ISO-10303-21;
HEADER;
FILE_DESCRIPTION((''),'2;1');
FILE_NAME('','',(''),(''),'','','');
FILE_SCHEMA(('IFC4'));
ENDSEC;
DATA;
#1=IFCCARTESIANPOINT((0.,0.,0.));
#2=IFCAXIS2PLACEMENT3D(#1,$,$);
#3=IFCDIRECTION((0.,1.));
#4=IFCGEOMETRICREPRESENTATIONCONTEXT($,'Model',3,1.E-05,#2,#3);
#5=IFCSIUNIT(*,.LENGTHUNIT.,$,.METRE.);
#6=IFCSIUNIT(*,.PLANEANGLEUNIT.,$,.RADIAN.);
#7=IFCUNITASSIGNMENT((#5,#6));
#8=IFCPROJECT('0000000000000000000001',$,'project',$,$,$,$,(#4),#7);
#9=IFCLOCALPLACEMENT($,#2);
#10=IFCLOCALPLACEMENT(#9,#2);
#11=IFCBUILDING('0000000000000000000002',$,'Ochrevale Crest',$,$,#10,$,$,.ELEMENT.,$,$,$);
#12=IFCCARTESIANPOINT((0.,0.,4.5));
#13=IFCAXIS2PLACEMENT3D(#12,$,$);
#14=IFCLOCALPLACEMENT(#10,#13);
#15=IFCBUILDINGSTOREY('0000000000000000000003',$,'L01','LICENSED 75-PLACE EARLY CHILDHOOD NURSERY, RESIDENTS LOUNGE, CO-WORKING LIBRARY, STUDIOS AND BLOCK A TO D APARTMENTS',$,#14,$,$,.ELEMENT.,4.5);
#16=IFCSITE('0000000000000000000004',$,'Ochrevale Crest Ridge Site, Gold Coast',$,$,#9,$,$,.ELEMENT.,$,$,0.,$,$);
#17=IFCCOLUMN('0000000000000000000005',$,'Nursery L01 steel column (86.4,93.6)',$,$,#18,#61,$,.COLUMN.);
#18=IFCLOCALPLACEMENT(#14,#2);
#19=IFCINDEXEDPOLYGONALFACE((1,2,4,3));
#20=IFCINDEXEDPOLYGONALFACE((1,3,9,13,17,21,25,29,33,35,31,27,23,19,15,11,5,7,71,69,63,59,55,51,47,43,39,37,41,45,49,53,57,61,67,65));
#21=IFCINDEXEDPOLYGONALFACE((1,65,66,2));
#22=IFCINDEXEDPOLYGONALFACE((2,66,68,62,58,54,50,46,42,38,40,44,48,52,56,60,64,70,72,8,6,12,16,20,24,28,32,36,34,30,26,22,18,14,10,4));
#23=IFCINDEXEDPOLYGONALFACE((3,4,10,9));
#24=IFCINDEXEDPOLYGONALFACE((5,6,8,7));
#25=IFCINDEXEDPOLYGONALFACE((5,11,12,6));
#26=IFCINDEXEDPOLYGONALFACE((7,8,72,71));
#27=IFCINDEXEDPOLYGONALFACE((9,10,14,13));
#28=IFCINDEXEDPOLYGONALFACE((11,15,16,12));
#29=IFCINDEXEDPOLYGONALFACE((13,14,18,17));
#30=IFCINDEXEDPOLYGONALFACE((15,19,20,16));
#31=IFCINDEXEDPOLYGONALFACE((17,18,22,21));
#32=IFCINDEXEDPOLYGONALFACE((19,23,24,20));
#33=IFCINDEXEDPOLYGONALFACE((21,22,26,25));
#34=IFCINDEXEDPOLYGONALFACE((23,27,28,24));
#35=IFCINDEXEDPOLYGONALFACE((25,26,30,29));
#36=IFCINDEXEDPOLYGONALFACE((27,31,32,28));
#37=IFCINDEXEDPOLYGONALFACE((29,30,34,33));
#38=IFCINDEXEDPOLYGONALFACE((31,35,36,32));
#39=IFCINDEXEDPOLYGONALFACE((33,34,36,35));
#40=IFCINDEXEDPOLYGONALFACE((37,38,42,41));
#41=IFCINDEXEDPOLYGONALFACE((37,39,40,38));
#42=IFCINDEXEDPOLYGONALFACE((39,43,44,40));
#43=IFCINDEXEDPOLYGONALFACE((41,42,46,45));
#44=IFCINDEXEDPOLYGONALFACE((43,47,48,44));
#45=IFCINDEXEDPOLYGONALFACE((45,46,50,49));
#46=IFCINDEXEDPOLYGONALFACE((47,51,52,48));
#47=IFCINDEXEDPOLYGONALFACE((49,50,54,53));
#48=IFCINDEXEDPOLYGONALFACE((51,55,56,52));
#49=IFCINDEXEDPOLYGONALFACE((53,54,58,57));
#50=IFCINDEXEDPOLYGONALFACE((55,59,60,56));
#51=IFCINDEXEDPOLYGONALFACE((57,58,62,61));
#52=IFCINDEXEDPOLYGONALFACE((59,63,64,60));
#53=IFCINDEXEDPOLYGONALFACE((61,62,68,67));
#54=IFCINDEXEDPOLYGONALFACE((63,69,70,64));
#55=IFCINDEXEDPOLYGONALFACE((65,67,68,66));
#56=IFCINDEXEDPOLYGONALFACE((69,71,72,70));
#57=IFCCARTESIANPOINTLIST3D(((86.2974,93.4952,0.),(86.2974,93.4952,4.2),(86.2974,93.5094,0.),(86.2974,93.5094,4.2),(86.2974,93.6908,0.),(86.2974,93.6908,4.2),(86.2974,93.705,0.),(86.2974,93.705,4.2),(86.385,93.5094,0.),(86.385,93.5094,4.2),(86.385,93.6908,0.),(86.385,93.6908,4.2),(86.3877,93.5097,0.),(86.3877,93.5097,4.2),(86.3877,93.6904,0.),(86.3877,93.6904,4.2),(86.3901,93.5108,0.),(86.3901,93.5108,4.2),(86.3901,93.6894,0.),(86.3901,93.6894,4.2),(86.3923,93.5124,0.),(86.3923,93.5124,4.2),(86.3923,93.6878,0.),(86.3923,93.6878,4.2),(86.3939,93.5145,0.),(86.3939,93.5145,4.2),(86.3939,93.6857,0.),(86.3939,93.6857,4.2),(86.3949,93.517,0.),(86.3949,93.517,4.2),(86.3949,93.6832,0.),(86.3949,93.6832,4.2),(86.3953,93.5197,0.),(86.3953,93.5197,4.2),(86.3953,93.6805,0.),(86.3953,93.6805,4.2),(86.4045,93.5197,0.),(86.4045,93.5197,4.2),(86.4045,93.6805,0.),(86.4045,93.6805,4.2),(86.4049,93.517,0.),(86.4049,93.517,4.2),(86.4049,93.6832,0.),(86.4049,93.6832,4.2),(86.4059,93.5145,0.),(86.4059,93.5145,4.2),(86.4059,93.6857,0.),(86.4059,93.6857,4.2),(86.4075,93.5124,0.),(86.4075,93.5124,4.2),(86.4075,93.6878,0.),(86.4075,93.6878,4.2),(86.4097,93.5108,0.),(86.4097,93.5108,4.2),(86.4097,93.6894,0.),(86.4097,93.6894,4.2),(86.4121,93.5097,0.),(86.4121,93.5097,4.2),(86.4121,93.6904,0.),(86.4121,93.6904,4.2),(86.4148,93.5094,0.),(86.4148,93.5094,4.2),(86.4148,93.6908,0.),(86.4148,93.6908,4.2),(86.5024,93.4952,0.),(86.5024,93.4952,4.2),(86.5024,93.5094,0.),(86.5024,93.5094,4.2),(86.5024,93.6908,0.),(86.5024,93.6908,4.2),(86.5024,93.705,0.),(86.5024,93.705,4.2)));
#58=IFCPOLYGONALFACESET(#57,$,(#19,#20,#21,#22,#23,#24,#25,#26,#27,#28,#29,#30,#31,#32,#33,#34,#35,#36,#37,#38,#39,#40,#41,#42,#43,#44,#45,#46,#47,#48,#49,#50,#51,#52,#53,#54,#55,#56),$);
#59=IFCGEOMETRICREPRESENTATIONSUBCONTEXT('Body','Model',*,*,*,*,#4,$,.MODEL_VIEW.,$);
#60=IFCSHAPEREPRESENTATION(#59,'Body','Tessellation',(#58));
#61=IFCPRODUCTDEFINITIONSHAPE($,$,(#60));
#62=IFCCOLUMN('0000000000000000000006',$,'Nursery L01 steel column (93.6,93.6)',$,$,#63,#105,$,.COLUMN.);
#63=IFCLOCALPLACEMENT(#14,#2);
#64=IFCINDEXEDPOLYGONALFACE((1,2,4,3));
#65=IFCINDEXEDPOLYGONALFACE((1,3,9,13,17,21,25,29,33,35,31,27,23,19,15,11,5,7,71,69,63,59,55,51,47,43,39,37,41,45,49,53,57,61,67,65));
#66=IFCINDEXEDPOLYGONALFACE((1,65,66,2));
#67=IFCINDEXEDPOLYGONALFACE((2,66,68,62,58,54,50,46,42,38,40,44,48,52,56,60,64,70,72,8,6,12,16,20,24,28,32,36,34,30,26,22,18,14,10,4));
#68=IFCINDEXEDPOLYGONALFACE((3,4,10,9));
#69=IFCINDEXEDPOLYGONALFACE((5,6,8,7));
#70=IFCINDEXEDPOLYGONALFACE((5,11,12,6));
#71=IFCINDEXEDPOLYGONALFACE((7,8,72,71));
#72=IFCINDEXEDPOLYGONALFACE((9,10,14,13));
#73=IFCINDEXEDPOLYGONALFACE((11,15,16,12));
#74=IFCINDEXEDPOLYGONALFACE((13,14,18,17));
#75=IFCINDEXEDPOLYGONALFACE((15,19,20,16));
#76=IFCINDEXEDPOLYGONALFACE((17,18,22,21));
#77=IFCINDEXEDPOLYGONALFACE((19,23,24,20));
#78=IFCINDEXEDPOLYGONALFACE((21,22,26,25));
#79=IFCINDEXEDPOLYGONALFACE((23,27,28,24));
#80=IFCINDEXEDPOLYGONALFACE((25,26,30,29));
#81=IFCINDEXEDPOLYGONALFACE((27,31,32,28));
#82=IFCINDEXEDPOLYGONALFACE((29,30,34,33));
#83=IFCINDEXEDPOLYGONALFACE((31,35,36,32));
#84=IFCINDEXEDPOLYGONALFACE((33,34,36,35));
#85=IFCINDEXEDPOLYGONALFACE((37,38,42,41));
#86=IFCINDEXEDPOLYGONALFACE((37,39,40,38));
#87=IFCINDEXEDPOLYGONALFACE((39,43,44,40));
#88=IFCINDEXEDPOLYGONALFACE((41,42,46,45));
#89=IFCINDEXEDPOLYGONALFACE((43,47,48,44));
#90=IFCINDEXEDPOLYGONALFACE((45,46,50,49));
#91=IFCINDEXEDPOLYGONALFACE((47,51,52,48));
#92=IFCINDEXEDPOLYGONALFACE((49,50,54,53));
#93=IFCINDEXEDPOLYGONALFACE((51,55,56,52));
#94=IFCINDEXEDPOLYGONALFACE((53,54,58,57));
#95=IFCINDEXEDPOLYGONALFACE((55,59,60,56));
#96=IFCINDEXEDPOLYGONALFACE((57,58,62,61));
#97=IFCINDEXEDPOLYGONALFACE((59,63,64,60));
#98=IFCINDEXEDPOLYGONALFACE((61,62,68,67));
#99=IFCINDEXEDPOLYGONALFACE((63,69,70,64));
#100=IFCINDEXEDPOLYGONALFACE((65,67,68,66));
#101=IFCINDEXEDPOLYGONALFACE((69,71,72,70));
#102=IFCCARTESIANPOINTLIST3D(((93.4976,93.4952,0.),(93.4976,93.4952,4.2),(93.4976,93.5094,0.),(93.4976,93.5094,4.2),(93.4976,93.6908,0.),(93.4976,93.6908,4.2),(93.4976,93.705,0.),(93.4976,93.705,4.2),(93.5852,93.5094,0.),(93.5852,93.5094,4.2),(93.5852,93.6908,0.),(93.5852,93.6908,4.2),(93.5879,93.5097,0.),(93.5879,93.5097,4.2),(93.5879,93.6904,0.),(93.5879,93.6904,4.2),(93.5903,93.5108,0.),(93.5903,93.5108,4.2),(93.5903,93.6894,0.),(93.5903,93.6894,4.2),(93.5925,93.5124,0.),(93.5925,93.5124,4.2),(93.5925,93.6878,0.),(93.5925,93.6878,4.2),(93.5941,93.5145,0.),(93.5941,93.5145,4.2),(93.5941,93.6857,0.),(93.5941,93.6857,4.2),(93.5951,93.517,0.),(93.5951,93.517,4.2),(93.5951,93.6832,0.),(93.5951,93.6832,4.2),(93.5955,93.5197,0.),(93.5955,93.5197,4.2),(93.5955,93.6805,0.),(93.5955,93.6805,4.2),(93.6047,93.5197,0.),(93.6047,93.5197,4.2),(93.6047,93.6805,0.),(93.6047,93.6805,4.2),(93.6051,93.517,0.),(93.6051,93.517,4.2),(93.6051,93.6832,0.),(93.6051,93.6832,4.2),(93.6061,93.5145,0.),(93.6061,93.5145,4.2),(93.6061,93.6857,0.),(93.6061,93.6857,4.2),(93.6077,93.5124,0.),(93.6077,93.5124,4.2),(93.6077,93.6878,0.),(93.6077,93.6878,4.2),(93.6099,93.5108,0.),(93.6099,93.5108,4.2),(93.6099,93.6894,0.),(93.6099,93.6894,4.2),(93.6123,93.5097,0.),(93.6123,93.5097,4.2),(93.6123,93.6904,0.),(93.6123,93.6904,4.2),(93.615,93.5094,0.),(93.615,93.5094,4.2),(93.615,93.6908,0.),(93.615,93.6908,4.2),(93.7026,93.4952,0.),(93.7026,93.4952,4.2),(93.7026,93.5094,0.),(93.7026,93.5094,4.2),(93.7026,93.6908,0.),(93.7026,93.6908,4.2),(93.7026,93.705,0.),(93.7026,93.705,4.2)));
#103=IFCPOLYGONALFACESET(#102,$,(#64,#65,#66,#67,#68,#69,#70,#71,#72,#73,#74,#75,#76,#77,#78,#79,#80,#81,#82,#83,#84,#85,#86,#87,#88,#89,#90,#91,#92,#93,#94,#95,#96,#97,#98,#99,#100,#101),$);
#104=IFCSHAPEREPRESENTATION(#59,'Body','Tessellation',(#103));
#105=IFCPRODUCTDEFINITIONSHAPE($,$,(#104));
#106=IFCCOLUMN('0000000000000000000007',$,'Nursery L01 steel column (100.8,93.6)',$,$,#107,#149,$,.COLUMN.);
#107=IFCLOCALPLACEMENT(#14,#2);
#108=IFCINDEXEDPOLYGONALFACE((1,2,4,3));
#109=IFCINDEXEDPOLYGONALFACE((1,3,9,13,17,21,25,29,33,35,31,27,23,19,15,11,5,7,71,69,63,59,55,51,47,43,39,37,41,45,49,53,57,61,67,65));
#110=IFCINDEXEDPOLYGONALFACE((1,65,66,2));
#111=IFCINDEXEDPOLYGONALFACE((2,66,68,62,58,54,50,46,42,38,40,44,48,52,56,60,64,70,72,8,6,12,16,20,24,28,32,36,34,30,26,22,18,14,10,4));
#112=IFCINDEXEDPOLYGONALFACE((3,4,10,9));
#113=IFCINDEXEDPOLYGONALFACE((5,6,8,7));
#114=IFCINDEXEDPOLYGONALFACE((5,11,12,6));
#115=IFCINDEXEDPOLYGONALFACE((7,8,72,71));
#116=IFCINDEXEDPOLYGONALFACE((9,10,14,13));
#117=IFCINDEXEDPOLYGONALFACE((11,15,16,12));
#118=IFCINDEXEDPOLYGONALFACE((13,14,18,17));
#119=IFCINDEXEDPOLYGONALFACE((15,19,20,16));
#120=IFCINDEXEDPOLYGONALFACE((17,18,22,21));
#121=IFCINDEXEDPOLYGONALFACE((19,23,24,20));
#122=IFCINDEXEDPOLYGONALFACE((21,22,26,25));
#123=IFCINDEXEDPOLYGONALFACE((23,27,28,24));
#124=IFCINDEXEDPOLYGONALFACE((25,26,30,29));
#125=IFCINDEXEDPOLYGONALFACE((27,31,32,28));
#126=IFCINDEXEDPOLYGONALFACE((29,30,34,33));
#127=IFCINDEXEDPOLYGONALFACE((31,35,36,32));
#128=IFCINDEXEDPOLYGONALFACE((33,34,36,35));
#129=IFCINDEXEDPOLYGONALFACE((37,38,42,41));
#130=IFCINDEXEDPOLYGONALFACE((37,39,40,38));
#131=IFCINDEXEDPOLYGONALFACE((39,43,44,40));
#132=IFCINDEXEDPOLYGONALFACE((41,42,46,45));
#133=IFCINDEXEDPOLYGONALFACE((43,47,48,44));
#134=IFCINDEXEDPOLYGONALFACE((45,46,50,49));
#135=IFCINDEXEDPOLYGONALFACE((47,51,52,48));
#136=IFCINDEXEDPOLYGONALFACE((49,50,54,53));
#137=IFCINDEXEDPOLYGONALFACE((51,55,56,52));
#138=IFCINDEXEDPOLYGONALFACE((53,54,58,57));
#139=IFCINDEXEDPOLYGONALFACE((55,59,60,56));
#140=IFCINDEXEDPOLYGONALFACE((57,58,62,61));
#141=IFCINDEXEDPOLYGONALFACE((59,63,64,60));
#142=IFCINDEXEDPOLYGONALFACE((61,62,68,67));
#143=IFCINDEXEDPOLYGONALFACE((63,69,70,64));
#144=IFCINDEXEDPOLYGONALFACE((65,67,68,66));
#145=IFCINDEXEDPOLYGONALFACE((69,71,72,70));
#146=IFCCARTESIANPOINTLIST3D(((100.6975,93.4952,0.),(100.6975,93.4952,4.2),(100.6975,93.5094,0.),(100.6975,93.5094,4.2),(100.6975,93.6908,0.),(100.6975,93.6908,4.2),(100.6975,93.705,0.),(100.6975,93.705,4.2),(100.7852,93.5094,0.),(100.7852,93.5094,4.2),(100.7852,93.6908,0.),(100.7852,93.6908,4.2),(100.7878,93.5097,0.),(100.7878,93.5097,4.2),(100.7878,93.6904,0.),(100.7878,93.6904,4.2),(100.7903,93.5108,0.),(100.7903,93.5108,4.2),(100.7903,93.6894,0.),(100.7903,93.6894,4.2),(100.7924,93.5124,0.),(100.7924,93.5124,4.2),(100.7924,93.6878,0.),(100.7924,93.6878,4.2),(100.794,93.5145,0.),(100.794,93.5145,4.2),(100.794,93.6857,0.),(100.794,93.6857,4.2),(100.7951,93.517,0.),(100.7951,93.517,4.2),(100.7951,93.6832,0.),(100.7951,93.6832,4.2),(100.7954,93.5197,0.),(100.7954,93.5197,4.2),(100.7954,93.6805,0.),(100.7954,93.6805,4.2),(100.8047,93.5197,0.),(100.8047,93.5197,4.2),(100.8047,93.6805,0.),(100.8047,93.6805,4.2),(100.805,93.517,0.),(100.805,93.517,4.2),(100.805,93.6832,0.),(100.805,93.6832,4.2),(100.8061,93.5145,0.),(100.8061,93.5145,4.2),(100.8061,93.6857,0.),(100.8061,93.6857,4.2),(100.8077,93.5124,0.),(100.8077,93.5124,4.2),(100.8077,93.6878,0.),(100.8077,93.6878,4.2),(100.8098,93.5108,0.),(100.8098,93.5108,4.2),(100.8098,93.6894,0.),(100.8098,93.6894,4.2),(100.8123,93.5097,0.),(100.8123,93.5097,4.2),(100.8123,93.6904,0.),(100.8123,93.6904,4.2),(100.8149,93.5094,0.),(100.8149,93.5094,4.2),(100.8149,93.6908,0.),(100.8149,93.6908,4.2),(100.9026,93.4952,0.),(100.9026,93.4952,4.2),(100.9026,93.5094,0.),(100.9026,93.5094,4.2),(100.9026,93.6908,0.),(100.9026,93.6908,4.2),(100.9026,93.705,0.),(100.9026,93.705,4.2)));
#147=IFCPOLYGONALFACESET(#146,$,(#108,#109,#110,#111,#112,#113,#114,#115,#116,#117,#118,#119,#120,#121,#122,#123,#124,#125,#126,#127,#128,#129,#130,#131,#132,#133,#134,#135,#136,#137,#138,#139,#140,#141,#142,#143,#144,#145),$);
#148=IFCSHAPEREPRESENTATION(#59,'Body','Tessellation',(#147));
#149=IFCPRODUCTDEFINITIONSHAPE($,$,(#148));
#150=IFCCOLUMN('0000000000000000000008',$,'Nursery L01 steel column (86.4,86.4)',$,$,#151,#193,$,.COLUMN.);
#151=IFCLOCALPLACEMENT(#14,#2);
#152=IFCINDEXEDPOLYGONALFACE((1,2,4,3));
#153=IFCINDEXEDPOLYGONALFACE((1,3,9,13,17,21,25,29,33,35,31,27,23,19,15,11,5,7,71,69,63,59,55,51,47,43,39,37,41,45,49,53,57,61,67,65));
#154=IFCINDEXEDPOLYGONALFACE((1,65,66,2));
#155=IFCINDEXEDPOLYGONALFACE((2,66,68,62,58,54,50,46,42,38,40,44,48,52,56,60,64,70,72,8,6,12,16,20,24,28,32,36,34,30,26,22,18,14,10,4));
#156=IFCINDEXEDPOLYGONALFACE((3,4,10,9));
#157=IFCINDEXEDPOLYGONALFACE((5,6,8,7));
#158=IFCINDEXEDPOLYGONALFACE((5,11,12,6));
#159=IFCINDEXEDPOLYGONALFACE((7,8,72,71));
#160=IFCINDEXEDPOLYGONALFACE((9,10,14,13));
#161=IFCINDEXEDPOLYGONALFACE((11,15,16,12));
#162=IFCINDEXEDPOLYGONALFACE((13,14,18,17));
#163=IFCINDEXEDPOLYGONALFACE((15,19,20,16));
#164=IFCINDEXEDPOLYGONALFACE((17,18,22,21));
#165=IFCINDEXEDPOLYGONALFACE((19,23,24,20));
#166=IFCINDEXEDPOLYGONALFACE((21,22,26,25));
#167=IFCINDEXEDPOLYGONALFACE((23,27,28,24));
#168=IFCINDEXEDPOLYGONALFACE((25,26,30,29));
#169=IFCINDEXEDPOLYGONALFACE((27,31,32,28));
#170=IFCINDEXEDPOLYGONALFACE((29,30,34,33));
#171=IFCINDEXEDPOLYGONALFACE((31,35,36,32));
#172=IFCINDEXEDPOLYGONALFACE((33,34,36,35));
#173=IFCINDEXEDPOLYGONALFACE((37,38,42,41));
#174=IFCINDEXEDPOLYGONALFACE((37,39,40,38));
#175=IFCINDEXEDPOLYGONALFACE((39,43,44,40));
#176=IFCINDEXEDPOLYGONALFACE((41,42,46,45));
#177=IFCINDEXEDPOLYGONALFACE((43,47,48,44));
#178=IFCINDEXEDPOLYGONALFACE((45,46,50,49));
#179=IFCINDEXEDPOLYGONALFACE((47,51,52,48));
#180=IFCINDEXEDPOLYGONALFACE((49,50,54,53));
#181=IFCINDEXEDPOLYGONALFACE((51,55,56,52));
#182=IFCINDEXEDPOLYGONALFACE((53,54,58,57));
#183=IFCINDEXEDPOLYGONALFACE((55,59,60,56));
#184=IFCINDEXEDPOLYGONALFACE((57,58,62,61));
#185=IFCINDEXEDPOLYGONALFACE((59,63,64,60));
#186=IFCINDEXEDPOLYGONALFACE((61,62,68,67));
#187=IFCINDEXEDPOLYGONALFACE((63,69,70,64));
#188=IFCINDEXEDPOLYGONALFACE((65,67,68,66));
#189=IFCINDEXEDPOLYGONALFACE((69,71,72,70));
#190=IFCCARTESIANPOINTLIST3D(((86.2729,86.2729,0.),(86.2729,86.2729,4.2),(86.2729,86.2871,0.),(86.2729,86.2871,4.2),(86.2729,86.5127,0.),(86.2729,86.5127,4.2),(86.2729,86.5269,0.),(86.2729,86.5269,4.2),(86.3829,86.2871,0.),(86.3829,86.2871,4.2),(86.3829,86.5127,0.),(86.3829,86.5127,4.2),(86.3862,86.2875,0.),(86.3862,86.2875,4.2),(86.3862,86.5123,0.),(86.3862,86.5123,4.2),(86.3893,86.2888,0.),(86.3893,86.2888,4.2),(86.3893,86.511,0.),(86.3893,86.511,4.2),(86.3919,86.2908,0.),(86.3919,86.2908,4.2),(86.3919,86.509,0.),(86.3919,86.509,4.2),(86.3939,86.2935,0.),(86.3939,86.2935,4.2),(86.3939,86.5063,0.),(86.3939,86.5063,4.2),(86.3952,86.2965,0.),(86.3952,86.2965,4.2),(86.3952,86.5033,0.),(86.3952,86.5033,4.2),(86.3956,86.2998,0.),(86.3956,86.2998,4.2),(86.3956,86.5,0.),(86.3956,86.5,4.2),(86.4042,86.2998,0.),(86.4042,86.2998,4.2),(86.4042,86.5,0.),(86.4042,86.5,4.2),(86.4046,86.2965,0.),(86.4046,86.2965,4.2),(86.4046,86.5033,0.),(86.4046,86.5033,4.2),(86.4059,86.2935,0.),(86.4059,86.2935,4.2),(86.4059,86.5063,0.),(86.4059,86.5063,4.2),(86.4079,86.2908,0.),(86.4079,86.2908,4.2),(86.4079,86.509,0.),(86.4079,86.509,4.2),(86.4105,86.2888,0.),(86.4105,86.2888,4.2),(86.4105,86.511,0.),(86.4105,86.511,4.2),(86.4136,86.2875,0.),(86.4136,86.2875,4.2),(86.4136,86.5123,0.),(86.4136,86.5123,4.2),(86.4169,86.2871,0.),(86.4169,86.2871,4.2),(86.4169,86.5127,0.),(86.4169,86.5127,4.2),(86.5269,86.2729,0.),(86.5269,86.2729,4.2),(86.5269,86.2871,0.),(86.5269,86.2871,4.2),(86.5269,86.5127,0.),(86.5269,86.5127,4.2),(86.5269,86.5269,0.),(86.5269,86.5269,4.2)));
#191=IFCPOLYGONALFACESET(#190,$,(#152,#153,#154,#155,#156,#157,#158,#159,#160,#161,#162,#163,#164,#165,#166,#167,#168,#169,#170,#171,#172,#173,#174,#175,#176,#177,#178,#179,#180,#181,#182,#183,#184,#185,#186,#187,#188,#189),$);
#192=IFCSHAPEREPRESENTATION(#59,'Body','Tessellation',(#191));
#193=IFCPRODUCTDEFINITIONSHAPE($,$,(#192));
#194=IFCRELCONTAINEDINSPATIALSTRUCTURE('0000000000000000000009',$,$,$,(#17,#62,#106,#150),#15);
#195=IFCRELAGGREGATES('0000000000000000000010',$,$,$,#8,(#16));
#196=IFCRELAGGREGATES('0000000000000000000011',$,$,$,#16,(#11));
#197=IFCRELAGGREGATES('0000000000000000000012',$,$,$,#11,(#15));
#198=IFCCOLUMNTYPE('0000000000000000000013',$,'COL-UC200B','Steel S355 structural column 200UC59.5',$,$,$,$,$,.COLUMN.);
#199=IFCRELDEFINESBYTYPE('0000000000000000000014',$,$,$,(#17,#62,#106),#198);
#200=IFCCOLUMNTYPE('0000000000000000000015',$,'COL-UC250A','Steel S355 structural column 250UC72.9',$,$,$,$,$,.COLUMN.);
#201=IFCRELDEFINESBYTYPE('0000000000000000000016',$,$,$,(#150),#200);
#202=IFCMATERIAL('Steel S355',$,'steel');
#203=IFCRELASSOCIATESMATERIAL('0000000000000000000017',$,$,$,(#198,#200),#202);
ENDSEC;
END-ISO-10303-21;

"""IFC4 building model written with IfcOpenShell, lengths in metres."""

from ifc_helpers import new_model, si_unit, direction, frame, origin, origin_2d, place, context, subcontext, project, spatial, i_section, extrude, material, material_profile, profile_set, type_object, element, save


model = new_model("IFC4")

# Units and contexts
model_context = context("Model", 3, precision=1e-05, world=origin(), true_north=direction((0.0, 1.0)))
body_context = subcontext(model_context, "Body", "Model", "MODEL_VIEW")
ifc_project = project(units=[si_unit("LENGTHUNIT", "METRE"), si_unit("PLANEANGLEUNIT", "RADIAN")], contexts=[model_context])

# Site, building, storey
site_placement = place(None, origin())
site = spatial("IfcSite", under=ifc_project, at=site_placement, Name="Ochrevale Crest Ridge Site, Gold Coast", CompositionType="ELEMENT", RefElevation=0.0)
building_placement = place(site_placement, origin())
building = spatial("IfcBuilding", under=site, at=building_placement, Name="Ochrevale Crest", CompositionType="ELEMENT")
storey_placement = place(building_placement, frame((0.0, 0.0, 4.5)))
storey = spatial("IfcBuildingStorey", under=building, at=storey_placement, Name="L01", Description="LICENSED 75-PLACE EARLY CHILDHOOD NURSERY, RESIDENTS LOUNGE, CO-WORKING LIBRARY, STUDIOS AND BLOCK A TO D APARTMENTS", CompositionType="ELEMENT", Elevation=4.5)

# Columns
ifc_material_1 = material(Name="Steel S355", Category="steel")
ifc_material_profile_1 = material_profile(ifc_material_1, i_section(OverallWidth=0.2051, OverallDepth=0.2097, WebThickness=0.0093, FlangeThickness=0.0142, FilletRadius=0.0103, at=origin_2d()), Name="200UC59.5")
ifc_profile_set_1 = profile_set([ifc_material_profile_1], Name="Steel S355")
column_type_1 = type_object("IfcColumnType", Name="COL-UC200B", Description="Steel S355 structural column 200UC59.5", PredefinedType="COLUMN", material=ifc_profile_set_1)
for number, where, z_axis, x_axis, name in (
    (1, (86.3999, 93.6001, 0.0), (0.0, 0.0, 1.0), (1.0, 0.0, 0.0), "Nursery L01 steel column (86.4,93.6)"),
    (2, (93.6001, 93.6001, 0.0), (0.0, 0.0, 1.0), (1.0, 0.0, 0.0), "Nursery L01 steel column (93.6,93.6)"),
    (3, (100.8, 93.6001, 0.0), (0.0, 0.0, 1.0), (1.0, 0.0, 0.0), "Nursery L01 steel column (100.8,93.6)"),
):
    element("IfcColumn", number, at=place(storey_placement, frame(where, z_axis=z_axis, x_axis=x_axis)), inside=storey, type_object=column_type_1, Name=name, PredefinedType="COLUMN", context=body_context, shape_type="SweptSolid", body=[
        extrude(i_section(OverallWidth=0.2051, OverallDepth=0.2097, WebThickness=0.0093, FlangeThickness=0.0142, FilletRadius=0.0103, at=origin_2d()), origin(), (0.0, 0.0, 1.0), 4.2),
    ])
ifc_material_profile_2 = material_profile(ifc_material_1, i_section(OverallWidth=0.2539, OverallDepth=0.2539, WebThickness=0.0085, FlangeThickness=0.0142, FilletRadius=0.0127, at=origin_2d()), Name="250UC72.9")
ifc_profile_set_2 = profile_set([ifc_material_profile_2], Name="Steel S355")
column_type_2 = type_object("IfcColumnType", Name="COL-UC250A", Description="Steel S355 structural column 250UC72.9", PredefinedType="COLUMN", material=ifc_profile_set_2)
for number, where, z_axis, x_axis, name in (
    (4, (86.3999, 86.3999, 0.0), (0.0, 0.0, 1.0), (1.0, 0.0, 0.0), "Nursery L01 steel column (86.4,86.4)"),
):
    element("IfcColumn", number, at=place(storey_placement, frame(where, z_axis=z_axis, x_axis=x_axis)), inside=storey, type_object=column_type_2, Name=name, PredefinedType="COLUMN", context=body_context, shape_type="SweptSolid", body=[
        extrude(i_section(OverallWidth=0.2539, OverallDepth=0.2539, WebThickness=0.0085, FlangeThickness=0.0142, FilletRadius=0.0127, at=origin_2d()), origin(), (0.0, 0.0, 1.0), 4.2),
    ])

save(model, "model.ifc")
